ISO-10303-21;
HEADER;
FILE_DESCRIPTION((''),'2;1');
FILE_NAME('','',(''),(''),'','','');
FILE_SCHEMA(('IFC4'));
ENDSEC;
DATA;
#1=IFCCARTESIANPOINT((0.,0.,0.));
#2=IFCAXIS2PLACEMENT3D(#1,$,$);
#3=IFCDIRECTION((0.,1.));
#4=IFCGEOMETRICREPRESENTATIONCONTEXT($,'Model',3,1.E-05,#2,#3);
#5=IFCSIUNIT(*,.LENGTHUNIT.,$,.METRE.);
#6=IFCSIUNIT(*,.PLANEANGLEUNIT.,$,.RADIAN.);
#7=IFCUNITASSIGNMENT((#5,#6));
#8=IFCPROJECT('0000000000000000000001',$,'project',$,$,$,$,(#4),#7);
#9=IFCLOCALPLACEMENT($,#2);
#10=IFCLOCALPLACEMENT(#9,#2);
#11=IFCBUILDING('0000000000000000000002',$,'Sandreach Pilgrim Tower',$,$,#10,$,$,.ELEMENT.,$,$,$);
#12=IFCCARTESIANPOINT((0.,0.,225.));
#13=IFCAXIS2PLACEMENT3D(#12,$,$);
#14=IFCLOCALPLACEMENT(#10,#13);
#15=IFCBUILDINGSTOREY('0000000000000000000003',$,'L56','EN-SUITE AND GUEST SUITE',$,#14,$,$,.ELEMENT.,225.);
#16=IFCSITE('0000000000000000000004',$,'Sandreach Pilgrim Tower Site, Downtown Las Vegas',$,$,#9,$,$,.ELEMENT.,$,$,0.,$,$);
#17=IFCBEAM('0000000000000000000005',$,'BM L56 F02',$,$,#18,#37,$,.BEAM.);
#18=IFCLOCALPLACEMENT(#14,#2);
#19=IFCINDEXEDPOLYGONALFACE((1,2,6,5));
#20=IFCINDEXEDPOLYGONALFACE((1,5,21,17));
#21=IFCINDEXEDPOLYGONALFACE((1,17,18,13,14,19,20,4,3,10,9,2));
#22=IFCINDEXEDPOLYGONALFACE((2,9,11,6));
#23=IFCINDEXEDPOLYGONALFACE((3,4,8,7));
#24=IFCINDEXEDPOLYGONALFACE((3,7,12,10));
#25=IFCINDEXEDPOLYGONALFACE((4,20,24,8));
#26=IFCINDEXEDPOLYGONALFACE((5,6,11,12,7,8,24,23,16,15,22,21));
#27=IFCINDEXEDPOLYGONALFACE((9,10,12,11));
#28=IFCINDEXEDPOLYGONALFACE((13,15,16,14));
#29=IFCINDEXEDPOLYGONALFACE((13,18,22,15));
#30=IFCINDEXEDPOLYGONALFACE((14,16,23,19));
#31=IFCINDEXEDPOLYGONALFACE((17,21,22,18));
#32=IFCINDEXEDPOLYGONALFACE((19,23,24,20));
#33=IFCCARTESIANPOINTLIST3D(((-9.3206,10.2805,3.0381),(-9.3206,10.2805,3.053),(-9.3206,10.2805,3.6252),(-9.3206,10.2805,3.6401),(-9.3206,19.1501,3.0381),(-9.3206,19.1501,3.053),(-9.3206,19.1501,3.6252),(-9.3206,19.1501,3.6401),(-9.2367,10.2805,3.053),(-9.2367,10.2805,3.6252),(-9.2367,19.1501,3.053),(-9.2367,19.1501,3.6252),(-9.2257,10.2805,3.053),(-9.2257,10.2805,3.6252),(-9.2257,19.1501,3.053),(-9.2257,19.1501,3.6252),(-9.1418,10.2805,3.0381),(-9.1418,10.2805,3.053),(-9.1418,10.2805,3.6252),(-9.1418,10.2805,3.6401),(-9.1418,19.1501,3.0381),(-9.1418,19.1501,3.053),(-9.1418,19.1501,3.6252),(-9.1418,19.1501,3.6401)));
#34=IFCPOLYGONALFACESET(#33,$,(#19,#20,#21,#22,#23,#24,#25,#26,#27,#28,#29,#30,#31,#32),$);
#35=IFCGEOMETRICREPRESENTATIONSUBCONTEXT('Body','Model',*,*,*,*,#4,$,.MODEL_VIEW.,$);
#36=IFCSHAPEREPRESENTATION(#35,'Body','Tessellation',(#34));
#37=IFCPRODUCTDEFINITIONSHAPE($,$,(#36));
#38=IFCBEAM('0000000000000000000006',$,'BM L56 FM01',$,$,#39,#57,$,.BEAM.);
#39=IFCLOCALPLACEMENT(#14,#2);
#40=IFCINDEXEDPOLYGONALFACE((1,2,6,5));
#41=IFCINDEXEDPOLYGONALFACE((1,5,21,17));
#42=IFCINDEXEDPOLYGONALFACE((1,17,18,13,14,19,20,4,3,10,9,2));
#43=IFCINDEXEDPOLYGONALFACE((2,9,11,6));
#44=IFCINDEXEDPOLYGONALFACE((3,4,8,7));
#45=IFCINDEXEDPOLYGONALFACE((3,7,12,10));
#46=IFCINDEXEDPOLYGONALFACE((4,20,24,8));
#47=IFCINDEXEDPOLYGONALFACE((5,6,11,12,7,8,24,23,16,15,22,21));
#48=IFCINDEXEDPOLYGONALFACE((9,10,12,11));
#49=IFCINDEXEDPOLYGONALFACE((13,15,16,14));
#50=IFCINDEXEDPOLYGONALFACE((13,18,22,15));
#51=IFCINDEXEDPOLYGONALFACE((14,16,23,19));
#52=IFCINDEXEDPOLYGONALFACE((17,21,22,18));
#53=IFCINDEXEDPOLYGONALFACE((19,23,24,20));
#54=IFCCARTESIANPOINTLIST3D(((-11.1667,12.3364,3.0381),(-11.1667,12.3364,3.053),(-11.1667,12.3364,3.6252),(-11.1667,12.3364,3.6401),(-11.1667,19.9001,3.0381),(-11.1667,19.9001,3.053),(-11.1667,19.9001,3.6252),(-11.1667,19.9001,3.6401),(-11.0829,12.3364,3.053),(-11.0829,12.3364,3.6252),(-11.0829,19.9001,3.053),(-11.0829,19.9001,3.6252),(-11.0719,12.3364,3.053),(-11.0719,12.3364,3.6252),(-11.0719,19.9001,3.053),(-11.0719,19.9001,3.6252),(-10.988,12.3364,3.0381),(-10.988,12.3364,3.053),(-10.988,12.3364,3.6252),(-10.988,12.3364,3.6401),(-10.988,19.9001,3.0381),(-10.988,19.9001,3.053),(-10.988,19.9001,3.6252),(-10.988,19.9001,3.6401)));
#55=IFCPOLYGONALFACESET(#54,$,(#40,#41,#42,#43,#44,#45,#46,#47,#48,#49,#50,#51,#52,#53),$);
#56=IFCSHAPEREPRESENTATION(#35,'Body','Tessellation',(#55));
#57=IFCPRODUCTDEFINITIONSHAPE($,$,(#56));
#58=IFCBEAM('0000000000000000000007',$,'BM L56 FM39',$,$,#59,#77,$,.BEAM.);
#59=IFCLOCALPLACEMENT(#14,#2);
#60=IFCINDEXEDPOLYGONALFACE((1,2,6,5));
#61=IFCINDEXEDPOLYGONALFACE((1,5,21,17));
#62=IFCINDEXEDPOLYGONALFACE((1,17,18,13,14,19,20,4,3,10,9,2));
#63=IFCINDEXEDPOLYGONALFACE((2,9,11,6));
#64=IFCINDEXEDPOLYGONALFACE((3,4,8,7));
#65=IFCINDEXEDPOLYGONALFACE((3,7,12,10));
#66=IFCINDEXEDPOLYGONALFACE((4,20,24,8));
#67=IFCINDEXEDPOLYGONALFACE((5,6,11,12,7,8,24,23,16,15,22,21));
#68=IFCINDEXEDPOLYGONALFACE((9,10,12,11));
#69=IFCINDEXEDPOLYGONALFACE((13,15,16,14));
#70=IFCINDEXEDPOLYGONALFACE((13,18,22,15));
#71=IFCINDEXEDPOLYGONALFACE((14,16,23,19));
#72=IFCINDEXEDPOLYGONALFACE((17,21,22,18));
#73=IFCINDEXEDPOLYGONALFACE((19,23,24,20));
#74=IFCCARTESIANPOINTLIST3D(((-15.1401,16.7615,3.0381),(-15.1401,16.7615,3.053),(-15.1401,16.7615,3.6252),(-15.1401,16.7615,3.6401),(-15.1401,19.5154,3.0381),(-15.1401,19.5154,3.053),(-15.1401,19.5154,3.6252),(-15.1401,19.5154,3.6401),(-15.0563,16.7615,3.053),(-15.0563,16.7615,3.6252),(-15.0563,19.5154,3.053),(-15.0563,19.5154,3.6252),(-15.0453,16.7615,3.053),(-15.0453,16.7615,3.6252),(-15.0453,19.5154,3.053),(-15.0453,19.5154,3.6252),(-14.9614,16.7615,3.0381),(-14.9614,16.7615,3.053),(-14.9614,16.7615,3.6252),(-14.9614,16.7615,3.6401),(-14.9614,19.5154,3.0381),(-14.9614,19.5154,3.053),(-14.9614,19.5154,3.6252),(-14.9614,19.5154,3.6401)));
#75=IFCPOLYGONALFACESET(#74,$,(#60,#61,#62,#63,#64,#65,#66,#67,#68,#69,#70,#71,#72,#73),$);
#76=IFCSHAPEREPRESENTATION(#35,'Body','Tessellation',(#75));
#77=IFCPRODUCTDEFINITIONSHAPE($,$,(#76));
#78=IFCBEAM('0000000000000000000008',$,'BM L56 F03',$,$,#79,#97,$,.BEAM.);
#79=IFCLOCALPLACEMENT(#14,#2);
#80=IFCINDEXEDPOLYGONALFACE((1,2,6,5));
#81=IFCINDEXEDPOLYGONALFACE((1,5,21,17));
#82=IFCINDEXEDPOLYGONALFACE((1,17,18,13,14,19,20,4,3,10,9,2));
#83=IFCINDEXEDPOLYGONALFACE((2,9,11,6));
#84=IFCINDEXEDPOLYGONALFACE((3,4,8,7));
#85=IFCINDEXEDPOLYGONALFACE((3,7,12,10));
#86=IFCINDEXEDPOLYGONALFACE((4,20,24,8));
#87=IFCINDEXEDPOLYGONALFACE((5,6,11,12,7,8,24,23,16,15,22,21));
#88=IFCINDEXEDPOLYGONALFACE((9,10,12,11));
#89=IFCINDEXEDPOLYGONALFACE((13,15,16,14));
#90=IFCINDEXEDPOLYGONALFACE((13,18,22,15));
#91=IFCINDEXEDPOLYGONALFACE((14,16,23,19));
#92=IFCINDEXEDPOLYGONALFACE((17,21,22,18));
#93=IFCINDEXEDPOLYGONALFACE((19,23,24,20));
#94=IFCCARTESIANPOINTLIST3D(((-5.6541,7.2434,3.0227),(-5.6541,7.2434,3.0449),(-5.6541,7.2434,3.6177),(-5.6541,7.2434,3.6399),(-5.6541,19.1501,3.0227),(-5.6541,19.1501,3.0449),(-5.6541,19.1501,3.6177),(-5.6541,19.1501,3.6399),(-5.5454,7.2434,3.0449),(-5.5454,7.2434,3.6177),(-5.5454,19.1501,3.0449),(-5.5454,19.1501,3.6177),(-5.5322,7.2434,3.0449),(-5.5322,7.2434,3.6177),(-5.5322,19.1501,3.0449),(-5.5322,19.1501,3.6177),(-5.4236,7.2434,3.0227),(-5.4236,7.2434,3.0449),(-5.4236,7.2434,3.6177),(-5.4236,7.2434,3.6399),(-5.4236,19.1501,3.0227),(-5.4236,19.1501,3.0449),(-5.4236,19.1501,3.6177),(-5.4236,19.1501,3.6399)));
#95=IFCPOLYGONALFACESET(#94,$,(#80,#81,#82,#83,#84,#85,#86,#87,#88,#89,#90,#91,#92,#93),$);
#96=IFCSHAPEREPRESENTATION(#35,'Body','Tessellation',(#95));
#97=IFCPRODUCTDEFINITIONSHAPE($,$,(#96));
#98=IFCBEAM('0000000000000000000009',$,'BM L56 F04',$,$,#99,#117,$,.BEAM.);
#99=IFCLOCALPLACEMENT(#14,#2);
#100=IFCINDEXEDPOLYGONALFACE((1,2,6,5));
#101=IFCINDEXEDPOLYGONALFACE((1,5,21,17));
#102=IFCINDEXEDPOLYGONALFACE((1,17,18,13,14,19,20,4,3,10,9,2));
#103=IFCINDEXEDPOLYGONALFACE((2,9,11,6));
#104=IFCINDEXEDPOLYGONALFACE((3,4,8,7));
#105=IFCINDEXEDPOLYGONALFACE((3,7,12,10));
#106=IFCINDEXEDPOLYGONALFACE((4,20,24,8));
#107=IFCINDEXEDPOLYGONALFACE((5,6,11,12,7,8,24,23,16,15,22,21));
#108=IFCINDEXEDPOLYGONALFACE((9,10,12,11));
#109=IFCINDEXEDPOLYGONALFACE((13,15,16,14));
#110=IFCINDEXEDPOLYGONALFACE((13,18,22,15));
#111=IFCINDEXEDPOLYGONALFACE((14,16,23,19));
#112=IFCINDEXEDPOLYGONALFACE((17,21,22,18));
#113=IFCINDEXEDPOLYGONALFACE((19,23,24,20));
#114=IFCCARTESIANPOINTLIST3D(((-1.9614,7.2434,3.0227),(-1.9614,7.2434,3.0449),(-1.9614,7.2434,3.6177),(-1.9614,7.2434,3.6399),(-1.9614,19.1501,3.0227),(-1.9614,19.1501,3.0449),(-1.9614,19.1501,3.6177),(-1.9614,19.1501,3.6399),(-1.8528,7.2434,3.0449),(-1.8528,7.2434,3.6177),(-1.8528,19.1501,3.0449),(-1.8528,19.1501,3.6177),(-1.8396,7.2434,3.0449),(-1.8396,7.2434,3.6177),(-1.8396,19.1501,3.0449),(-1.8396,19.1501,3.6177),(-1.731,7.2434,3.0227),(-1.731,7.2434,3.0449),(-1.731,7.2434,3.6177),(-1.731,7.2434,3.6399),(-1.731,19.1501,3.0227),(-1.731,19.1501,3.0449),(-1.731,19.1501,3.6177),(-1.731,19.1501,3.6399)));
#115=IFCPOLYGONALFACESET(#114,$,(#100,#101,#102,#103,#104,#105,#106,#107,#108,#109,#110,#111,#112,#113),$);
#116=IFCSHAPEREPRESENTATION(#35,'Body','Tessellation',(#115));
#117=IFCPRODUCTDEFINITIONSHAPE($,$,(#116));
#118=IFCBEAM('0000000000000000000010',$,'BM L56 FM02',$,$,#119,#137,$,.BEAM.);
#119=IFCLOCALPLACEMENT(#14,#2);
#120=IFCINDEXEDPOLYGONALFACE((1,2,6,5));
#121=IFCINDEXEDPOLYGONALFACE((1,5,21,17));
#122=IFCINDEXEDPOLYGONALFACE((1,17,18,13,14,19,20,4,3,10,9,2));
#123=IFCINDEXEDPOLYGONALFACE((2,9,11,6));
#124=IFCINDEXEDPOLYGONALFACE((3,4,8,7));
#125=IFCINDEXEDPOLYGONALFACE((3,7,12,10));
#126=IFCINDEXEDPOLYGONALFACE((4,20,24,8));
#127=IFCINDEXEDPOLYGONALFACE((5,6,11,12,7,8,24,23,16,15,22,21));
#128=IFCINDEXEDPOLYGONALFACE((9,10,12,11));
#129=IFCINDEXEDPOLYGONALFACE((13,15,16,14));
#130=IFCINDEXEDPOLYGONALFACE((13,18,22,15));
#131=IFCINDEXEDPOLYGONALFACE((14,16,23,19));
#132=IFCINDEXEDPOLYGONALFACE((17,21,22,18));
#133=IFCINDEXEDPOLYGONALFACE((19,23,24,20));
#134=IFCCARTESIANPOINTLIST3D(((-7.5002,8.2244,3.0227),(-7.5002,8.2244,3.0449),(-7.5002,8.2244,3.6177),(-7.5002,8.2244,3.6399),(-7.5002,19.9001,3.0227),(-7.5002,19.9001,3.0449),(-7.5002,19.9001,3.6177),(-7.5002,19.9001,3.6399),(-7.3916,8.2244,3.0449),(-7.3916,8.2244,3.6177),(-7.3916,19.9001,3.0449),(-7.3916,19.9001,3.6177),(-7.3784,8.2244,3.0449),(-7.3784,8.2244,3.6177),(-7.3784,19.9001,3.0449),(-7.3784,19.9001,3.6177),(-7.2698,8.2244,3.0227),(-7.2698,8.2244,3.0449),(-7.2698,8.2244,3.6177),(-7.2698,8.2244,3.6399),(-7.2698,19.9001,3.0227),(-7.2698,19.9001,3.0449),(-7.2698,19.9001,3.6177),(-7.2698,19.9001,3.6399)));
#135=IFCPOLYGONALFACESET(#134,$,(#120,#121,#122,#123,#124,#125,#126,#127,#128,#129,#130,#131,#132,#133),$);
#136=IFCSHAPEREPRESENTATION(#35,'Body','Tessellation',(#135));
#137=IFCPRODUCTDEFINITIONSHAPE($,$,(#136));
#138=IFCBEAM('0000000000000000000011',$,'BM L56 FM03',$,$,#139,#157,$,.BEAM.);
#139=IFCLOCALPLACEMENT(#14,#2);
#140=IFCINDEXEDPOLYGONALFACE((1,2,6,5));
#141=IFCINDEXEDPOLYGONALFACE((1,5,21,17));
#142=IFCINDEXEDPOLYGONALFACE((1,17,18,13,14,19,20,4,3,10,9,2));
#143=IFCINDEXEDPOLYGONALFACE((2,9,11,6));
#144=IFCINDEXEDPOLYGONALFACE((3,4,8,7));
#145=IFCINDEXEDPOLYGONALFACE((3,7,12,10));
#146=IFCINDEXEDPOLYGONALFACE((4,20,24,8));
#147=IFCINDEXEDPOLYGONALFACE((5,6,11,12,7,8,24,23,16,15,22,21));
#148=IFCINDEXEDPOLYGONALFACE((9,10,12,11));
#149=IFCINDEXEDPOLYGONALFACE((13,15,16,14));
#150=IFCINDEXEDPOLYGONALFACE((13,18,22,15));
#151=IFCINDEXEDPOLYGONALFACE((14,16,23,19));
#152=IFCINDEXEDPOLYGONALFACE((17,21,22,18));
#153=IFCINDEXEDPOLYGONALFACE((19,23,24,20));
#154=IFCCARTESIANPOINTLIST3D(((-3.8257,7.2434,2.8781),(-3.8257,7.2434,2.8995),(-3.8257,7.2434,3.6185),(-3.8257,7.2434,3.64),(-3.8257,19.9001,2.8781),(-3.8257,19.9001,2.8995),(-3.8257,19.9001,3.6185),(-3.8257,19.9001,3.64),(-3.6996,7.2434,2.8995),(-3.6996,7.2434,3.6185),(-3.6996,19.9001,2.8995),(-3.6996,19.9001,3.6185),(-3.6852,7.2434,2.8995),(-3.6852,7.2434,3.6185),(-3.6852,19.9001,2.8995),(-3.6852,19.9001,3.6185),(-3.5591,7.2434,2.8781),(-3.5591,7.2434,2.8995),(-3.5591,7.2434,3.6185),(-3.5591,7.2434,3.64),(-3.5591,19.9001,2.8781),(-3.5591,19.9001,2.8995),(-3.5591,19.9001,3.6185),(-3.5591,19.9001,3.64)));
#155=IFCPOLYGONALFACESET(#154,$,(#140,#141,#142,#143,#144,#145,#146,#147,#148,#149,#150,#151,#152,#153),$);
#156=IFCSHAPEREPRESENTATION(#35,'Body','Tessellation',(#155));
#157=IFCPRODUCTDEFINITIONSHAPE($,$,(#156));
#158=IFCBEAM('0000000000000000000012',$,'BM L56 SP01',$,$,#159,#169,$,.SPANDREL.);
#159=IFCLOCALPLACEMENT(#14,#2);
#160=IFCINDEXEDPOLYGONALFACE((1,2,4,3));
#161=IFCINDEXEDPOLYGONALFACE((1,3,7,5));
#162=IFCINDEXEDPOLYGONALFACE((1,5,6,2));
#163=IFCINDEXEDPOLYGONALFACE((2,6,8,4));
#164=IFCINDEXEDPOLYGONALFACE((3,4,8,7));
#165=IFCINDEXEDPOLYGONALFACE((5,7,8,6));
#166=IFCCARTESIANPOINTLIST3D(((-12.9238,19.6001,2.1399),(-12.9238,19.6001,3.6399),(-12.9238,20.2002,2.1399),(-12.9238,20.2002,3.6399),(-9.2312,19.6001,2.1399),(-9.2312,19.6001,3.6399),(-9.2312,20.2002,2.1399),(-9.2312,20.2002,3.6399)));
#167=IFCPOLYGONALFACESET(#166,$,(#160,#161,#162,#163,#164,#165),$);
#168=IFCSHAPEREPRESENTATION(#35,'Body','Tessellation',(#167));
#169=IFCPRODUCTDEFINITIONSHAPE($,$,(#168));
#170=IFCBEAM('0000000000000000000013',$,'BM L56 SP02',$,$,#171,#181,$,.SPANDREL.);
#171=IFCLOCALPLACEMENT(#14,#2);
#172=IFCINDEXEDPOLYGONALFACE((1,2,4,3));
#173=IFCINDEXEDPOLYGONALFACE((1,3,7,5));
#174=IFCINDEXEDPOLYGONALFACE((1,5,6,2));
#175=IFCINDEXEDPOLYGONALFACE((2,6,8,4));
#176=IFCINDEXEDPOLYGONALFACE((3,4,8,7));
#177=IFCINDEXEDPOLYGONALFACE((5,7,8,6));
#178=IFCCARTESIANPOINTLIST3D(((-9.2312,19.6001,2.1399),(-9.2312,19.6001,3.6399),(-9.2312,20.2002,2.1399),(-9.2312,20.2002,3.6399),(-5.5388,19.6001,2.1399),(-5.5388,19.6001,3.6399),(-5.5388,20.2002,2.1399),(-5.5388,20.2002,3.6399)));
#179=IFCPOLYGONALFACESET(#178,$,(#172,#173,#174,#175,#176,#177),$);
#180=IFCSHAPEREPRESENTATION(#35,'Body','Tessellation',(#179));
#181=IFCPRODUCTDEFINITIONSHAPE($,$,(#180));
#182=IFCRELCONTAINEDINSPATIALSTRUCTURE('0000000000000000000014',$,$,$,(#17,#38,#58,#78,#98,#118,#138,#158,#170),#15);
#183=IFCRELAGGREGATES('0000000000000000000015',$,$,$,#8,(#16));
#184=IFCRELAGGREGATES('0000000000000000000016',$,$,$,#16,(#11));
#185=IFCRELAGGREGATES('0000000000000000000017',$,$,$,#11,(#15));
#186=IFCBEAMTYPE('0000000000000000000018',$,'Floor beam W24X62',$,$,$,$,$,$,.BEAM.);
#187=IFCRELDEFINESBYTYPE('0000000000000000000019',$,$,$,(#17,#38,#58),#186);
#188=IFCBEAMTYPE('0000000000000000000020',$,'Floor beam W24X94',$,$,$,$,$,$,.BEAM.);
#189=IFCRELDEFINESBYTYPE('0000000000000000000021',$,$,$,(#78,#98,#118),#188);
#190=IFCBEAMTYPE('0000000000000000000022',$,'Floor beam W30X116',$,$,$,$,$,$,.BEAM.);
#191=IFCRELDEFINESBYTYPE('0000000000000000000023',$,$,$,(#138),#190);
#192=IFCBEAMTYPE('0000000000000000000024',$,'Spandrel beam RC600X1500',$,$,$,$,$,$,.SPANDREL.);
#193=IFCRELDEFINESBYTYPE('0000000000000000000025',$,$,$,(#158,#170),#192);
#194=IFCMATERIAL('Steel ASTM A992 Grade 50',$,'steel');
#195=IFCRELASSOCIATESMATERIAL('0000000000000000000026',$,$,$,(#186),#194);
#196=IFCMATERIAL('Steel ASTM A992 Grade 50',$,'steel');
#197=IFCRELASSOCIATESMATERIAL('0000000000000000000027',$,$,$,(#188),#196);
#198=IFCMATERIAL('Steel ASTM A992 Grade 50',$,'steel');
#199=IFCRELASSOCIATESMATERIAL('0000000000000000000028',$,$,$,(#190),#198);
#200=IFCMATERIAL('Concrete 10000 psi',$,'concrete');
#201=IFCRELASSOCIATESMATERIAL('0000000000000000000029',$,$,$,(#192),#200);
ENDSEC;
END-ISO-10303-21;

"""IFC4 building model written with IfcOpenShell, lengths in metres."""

from ifc_helpers import new_model, si_unit, direction, frame, origin, origin_2d, place, context, subcontext, project, spatial, rectangle, i_section, extrude, material, material_profile, profile_set, type_object, element, save


model = new_model("IFC4")

# Units and contexts
model_context = context("Model", 3, precision=1e-05, world=origin(), true_north=direction((0.0, 1.0)))
body_context = subcontext(model_context, "Body", "Model", "MODEL_VIEW")
ifc_project = project(units=[si_unit("LENGTHUNIT", "METRE"), si_unit("PLANEANGLEUNIT", "RADIAN")], contexts=[model_context])

# Site, building, storey
site_placement = place(None, origin())
site = spatial("IfcSite", under=ifc_project, at=site_placement, Name="Sandreach Pilgrim Tower Site, Downtown Las Vegas", CompositionType="ELEMENT", RefElevation=0.0)
building_placement = place(site_placement, origin())
building = spatial("IfcBuilding", under=site, at=building_placement, Name="Sandreach Pilgrim Tower", CompositionType="ELEMENT")
storey_placement = place(building_placement, frame((0.0, 0.0, 225.0)))
storey = spatial("IfcBuildingStorey", under=building, at=storey_placement, Name="L56", Description="EN-SUITE AND GUEST SUITE", CompositionType="ELEMENT", Elevation=225.0)

# Beams
ifc_material_1 = material(Name="Steel ASTM A992 Grade 50", Category="steel")
ifc_material_profile_1 = material_profile(ifc_material_1, i_section(OverallWidth=0.1787, OverallDepth=0.6021, WebThickness=0.011, FlangeThickness=0.0149, at=origin_2d()), Name="W24X62")
ifc_profile_set_1 = profile_set([ifc_material_profile_1], Name="Steel ASTM A992 Grade 50")
beam_type_1 = type_object("IfcBeamType", Name="Floor beam W24X62", PredefinedType="BEAM", material=ifc_profile_set_1)
beam_1_placement = place(storey_placement, frame((-9.2312, 19.1501, 3.3391), z_axis=(0.0, -1.0, 0.0), x_axis=(1.0, 0.0, 0.0)))
element("IfcBeam", 1, at=beam_1_placement, inside=storey, type_object=beam_type_1, Name="BM L56 F02", PredefinedType="BEAM", context=body_context, shape_type="SweptSolid", body=[
    extrude(i_section(OverallWidth=0.1787, OverallDepth=0.6021, WebThickness=0.011, FlangeThickness=0.0149, at=origin_2d()), origin(), (0.0, 0.0, 1.0), 8.8696),
])
beam_2_placement = place(storey_placement, frame((-11.0774, 19.9001, 3.3391), z_axis=(0.0, -1.0, 0.0), x_axis=(1.0, 0.0, 0.0)))
element("IfcBeam", 2, at=beam_2_placement, inside=storey, type_object=beam_type_1, Name="BM L56 FM01", PredefinedType="BEAM", context=body_context, shape_type="SweptSolid", body=[
    extrude(i_section(OverallWidth=0.1787, OverallDepth=0.6021, WebThickness=0.011, FlangeThickness=0.0149, at=origin_2d()), origin(), (0.0, 0.0, 1.0), 7.5637),
])
beam_3_placement = place(storey_placement, frame((-15.0508, 19.5154, 3.3391), z_axis=(0.0, -1.0, 0.0), x_axis=(1.0, 0.0, 0.0)))
element("IfcBeam", 3, at=beam_3_placement, inside=storey, type_object=beam_type_1, Name="BM L56 FM39", PredefinedType="BEAM", context=body_context, shape_type="SweptSolid", body=[
    extrude(i_section(OverallWidth=0.1787, OverallDepth=0.6021, WebThickness=0.011, FlangeThickness=0.0149, at=origin_2d()), origin(), (0.0, 0.0, 1.0), 2.7539),
])
ifc_material_2 = material(Name="Steel ASTM A992 Grade 50", Category="steel")
ifc_material_profile_2 = material_profile(ifc_material_2, i_section(OverallWidth=0.2305, OverallDepth=0.6172, WebThickness=0.0132, FlangeThickness=0.0222, at=origin_2d()), Name="W24X94")
ifc_profile_set_2 = profile_set([ifc_material_profile_2], Name="Steel ASTM A992 Grade 50")
beam_type_2 = type_object("IfcBeamType", Name="Floor beam W24X94", PredefinedType="BEAM", material=ifc_profile_set_2)
for number, where, z_axis, x_axis, name in (
    (4, (-5.5388, 19.1501, 3.3313), (0.0, -1.0, 0.0), (1.0, 0.0, 0.0), "BM L56 F03"),
    (5, (-1.8462, 19.1501, 3.3313), (0.0, -1.0, 0.0), (1.0, 0.0, 0.0), "BM L56 F04"),
):
    element("IfcBeam", number, at=place(storey_placement, frame(where, z_axis=z_axis, x_axis=x_axis)), inside=storey, type_object=beam_type_2, Name=name, PredefinedType="BEAM", context=body_context, shape_type="SweptSolid", body=[
        extrude(i_section(OverallWidth=0.2305, OverallDepth=0.6172, WebThickness=0.0132, FlangeThickness=0.0222, at=origin_2d()), origin(), (0.0, 0.0, 1.0), 11.9067),
    ])
beam_4_placement = place(storey_placement, frame((-7.385, 19.9001, 3.3313), z_axis=(0.0, -1.0, 0.0), x_axis=(1.0, 0.0, 0.0)))
element("IfcBeam", 6, at=beam_4_placement, inside=storey, type_object=beam_type_2, Name="BM L56 FM02", PredefinedType="BEAM", context=body_context, shape_type="SweptSolid", body=[
    extrude(i_section(OverallWidth=0.2305, OverallDepth=0.6172, WebThickness=0.0132, FlangeThickness=0.0222, at=origin_2d()), origin(), (0.0, 0.0, 1.0), 11.6758),
])
ifc_material_3 = material(Name="Steel ASTM A992 Grade 50", Category="steel")
ifc_material_profile_3 = material_profile(ifc_material_3, i_section(OverallWidth=0.2666, OverallDepth=0.762, WebThickness=0.0144, FlangeThickness=0.0215, at=origin_2d()), Name="W30X116")
ifc_profile_set_3 = profile_set([ifc_material_profile_3], Name="Steel ASTM A992 Grade 50")
beam_type_3 = type_object("IfcBeamType", Name="Floor beam W30X116", PredefinedType="BEAM", material=ifc_profile_set_3)
beam_5_placement = place(storey_placement, frame((-3.6924, 19.9001, 3.259), z_axis=(0.0, -1.0, 0.0), x_axis=(1.0, 0.0, 0.0)))
element("IfcBeam", 7, at=beam_5_placement, inside=storey, type_object=beam_type_3, Name="BM L56 FM03", PredefinedType="BEAM", context=body_context, shape_type="SweptSolid", body=[
    extrude(i_section(OverallWidth=0.2666, OverallDepth=0.762, WebThickness=0.0144, FlangeThickness=0.0215, at=origin_2d()), origin(), (0.0, 0.0, 1.0), 12.6567),
])
ifc_material_4 = material(Name="Concrete 10000 psi", Category="concrete")
ifc_material_profile_4 = material_profile(ifc_material_4, rectangle(XDim=0.6001, YDim=1.5, at=origin_2d()), Name="RC600X1500")
ifc_profile_set_4 = profile_set([ifc_material_profile_4], Name="Concrete 10000 psi")
beam_type_4 = type_object("IfcBeamType", Name="Spandrel beam RC600X1500", PredefinedType="SPANDREL", material=ifc_profile_set_4)
beam_6_placement = place(storey_placement, frame((-12.9238, 19.9001, 2.8899), z_axis=(1.0, 0.0, 0.0), x_axis=(0.0, 1.0, 0.0)))
element("IfcBeam", 8, at=beam_6_placement, inside=storey, type_object=beam_type_4, Name="BM L56 SP01", PredefinedType="SPANDREL", context=body_context, shape_type="SweptSolid", body=[
    extrude(rectangle(XDim=0.6001, YDim=1.5, at=origin_2d()), origin(), (0.0, 0.0, 1.0), 3.6926),
])
beam_7_placement = place(storey_placement, frame((-9.2312, 19.9001, 2.8899), z_axis=(1.0, 0.0, 0.0), x_axis=(0.0, 1.0, 0.0)))
element("IfcBeam", 9, at=beam_7_placement, inside=storey, type_object=beam_type_4, Name="BM L56 SP02", PredefinedType="SPANDREL", context=body_context, shape_type="SweptSolid", body=[
    extrude(rectangle(XDim=0.6001, YDim=1.5, at=origin_2d()), origin(), (0.0, 0.0, 1.0), 3.6924),
])

save(model, "model.ifc")
